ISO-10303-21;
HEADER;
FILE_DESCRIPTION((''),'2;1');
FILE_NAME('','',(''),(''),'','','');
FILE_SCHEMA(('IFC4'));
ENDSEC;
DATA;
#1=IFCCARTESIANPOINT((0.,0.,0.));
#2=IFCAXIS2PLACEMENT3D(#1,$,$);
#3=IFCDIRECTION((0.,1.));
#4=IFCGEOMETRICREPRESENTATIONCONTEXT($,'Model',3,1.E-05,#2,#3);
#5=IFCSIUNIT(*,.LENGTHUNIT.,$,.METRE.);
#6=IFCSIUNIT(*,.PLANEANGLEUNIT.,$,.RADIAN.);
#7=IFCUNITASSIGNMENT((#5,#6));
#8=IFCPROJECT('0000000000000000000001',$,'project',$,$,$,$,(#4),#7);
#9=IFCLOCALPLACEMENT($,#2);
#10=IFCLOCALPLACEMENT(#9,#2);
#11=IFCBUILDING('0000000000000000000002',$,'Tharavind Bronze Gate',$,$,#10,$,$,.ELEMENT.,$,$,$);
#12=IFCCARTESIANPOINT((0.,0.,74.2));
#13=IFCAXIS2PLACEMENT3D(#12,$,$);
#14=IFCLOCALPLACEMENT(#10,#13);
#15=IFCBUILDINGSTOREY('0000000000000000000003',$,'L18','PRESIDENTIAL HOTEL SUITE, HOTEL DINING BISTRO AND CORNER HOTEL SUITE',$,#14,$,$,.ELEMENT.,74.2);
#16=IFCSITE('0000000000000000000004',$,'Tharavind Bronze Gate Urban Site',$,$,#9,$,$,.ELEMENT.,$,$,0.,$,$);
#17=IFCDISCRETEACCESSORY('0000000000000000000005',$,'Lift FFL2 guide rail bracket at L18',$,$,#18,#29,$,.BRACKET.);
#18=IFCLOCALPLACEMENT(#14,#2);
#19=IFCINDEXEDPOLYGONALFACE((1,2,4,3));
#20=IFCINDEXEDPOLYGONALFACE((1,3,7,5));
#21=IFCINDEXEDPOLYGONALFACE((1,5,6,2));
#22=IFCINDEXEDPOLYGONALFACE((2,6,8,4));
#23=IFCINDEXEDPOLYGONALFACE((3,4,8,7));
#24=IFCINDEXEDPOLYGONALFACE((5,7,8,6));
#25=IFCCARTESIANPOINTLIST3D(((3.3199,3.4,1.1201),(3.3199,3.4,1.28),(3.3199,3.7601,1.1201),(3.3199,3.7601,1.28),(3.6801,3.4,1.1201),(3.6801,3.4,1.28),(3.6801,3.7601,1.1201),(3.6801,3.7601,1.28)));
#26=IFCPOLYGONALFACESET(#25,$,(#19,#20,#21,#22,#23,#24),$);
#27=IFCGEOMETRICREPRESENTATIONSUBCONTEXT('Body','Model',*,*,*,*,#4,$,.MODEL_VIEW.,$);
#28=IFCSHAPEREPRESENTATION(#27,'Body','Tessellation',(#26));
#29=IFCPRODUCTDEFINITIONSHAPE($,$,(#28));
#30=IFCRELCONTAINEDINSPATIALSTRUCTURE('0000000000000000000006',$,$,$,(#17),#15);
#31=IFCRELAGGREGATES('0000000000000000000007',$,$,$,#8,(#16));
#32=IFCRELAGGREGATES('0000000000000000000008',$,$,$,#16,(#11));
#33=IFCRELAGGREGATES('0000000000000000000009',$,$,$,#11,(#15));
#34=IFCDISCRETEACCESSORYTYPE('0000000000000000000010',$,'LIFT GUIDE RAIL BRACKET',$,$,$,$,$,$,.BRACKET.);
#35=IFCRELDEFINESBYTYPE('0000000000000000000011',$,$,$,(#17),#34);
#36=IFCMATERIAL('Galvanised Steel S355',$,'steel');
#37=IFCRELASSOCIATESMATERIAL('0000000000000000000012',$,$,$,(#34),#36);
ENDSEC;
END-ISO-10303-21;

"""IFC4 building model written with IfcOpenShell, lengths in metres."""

from ifc_helpers import new_model, si_unit, direction, frame, origin, origin_2d, place, context, subcontext, project, spatial, rectangle, extrude, material, type_object, element, save


model = new_model("IFC4")

# Units and contexts
model_context = context("Model", 3, precision=1e-05, world=origin(), true_north=direction((0.0, 1.0)))
body_context = subcontext(model_context, "Body", "Model", "MODEL_VIEW")
ifc_project = project(units=[si_unit("LENGTHUNIT", "METRE"), si_unit("PLANEANGLEUNIT", "RADIAN")], contexts=[model_context])

# Site, building, storey
site_placement = place(None, origin())
site = spatial("IfcSite", under=ifc_project, at=site_placement, Name="Tharavind Bronze Gate Urban Site", CompositionType="ELEMENT", RefElevation=0.0)
building_placement = place(site_placement, origin())
building = spatial("IfcBuilding", under=site, at=building_placement, Name="Tharavind Bronze Gate", CompositionType="ELEMENT")
storey_placement = place(building_placement, frame((0.0, 0.0, 74.2)))
storey = spatial("IfcBuildingStorey", under=building, at=storey_placement, Name="L18", Description="PRESIDENTIAL HOTEL SUITE, HOTEL DINING BISTRO AND CORNER HOTEL SUITE", CompositionType="ELEMENT", Elevation=74.2)

# Discrete accessory
ifc_material_1 = material(Name="Galvanised Steel S355", Category="steel")
discrete_accessory_type = type_object("IfcDiscreteAccessoryType", Name="LIFT GUIDE RAIL BRACKET", PredefinedType="BRACKET", material=ifc_material_1)
discrete_accessory_placement = place(storey_placement, frame((3.5, 3.5801, 1.1201), z_axis=(0.0, 0.0, 1.0), x_axis=(1.0, 0.0, 0.0)))
element("IfcDiscreteAccessory", 1, at=discrete_accessory_placement, inside=storey, type_object=discrete_accessory_type, Name="Lift FFL2 guide rail bracket at L18", PredefinedType="BRACKET", context=body_context, shape_type="SweptSolid", body=[
    extrude(rectangle(XDim=0.3601, YDim=0.3601, at=origin_2d()), origin(), (0.0, 0.0, 1.0), 0.1599),
])

save(model, "model.ifc")
